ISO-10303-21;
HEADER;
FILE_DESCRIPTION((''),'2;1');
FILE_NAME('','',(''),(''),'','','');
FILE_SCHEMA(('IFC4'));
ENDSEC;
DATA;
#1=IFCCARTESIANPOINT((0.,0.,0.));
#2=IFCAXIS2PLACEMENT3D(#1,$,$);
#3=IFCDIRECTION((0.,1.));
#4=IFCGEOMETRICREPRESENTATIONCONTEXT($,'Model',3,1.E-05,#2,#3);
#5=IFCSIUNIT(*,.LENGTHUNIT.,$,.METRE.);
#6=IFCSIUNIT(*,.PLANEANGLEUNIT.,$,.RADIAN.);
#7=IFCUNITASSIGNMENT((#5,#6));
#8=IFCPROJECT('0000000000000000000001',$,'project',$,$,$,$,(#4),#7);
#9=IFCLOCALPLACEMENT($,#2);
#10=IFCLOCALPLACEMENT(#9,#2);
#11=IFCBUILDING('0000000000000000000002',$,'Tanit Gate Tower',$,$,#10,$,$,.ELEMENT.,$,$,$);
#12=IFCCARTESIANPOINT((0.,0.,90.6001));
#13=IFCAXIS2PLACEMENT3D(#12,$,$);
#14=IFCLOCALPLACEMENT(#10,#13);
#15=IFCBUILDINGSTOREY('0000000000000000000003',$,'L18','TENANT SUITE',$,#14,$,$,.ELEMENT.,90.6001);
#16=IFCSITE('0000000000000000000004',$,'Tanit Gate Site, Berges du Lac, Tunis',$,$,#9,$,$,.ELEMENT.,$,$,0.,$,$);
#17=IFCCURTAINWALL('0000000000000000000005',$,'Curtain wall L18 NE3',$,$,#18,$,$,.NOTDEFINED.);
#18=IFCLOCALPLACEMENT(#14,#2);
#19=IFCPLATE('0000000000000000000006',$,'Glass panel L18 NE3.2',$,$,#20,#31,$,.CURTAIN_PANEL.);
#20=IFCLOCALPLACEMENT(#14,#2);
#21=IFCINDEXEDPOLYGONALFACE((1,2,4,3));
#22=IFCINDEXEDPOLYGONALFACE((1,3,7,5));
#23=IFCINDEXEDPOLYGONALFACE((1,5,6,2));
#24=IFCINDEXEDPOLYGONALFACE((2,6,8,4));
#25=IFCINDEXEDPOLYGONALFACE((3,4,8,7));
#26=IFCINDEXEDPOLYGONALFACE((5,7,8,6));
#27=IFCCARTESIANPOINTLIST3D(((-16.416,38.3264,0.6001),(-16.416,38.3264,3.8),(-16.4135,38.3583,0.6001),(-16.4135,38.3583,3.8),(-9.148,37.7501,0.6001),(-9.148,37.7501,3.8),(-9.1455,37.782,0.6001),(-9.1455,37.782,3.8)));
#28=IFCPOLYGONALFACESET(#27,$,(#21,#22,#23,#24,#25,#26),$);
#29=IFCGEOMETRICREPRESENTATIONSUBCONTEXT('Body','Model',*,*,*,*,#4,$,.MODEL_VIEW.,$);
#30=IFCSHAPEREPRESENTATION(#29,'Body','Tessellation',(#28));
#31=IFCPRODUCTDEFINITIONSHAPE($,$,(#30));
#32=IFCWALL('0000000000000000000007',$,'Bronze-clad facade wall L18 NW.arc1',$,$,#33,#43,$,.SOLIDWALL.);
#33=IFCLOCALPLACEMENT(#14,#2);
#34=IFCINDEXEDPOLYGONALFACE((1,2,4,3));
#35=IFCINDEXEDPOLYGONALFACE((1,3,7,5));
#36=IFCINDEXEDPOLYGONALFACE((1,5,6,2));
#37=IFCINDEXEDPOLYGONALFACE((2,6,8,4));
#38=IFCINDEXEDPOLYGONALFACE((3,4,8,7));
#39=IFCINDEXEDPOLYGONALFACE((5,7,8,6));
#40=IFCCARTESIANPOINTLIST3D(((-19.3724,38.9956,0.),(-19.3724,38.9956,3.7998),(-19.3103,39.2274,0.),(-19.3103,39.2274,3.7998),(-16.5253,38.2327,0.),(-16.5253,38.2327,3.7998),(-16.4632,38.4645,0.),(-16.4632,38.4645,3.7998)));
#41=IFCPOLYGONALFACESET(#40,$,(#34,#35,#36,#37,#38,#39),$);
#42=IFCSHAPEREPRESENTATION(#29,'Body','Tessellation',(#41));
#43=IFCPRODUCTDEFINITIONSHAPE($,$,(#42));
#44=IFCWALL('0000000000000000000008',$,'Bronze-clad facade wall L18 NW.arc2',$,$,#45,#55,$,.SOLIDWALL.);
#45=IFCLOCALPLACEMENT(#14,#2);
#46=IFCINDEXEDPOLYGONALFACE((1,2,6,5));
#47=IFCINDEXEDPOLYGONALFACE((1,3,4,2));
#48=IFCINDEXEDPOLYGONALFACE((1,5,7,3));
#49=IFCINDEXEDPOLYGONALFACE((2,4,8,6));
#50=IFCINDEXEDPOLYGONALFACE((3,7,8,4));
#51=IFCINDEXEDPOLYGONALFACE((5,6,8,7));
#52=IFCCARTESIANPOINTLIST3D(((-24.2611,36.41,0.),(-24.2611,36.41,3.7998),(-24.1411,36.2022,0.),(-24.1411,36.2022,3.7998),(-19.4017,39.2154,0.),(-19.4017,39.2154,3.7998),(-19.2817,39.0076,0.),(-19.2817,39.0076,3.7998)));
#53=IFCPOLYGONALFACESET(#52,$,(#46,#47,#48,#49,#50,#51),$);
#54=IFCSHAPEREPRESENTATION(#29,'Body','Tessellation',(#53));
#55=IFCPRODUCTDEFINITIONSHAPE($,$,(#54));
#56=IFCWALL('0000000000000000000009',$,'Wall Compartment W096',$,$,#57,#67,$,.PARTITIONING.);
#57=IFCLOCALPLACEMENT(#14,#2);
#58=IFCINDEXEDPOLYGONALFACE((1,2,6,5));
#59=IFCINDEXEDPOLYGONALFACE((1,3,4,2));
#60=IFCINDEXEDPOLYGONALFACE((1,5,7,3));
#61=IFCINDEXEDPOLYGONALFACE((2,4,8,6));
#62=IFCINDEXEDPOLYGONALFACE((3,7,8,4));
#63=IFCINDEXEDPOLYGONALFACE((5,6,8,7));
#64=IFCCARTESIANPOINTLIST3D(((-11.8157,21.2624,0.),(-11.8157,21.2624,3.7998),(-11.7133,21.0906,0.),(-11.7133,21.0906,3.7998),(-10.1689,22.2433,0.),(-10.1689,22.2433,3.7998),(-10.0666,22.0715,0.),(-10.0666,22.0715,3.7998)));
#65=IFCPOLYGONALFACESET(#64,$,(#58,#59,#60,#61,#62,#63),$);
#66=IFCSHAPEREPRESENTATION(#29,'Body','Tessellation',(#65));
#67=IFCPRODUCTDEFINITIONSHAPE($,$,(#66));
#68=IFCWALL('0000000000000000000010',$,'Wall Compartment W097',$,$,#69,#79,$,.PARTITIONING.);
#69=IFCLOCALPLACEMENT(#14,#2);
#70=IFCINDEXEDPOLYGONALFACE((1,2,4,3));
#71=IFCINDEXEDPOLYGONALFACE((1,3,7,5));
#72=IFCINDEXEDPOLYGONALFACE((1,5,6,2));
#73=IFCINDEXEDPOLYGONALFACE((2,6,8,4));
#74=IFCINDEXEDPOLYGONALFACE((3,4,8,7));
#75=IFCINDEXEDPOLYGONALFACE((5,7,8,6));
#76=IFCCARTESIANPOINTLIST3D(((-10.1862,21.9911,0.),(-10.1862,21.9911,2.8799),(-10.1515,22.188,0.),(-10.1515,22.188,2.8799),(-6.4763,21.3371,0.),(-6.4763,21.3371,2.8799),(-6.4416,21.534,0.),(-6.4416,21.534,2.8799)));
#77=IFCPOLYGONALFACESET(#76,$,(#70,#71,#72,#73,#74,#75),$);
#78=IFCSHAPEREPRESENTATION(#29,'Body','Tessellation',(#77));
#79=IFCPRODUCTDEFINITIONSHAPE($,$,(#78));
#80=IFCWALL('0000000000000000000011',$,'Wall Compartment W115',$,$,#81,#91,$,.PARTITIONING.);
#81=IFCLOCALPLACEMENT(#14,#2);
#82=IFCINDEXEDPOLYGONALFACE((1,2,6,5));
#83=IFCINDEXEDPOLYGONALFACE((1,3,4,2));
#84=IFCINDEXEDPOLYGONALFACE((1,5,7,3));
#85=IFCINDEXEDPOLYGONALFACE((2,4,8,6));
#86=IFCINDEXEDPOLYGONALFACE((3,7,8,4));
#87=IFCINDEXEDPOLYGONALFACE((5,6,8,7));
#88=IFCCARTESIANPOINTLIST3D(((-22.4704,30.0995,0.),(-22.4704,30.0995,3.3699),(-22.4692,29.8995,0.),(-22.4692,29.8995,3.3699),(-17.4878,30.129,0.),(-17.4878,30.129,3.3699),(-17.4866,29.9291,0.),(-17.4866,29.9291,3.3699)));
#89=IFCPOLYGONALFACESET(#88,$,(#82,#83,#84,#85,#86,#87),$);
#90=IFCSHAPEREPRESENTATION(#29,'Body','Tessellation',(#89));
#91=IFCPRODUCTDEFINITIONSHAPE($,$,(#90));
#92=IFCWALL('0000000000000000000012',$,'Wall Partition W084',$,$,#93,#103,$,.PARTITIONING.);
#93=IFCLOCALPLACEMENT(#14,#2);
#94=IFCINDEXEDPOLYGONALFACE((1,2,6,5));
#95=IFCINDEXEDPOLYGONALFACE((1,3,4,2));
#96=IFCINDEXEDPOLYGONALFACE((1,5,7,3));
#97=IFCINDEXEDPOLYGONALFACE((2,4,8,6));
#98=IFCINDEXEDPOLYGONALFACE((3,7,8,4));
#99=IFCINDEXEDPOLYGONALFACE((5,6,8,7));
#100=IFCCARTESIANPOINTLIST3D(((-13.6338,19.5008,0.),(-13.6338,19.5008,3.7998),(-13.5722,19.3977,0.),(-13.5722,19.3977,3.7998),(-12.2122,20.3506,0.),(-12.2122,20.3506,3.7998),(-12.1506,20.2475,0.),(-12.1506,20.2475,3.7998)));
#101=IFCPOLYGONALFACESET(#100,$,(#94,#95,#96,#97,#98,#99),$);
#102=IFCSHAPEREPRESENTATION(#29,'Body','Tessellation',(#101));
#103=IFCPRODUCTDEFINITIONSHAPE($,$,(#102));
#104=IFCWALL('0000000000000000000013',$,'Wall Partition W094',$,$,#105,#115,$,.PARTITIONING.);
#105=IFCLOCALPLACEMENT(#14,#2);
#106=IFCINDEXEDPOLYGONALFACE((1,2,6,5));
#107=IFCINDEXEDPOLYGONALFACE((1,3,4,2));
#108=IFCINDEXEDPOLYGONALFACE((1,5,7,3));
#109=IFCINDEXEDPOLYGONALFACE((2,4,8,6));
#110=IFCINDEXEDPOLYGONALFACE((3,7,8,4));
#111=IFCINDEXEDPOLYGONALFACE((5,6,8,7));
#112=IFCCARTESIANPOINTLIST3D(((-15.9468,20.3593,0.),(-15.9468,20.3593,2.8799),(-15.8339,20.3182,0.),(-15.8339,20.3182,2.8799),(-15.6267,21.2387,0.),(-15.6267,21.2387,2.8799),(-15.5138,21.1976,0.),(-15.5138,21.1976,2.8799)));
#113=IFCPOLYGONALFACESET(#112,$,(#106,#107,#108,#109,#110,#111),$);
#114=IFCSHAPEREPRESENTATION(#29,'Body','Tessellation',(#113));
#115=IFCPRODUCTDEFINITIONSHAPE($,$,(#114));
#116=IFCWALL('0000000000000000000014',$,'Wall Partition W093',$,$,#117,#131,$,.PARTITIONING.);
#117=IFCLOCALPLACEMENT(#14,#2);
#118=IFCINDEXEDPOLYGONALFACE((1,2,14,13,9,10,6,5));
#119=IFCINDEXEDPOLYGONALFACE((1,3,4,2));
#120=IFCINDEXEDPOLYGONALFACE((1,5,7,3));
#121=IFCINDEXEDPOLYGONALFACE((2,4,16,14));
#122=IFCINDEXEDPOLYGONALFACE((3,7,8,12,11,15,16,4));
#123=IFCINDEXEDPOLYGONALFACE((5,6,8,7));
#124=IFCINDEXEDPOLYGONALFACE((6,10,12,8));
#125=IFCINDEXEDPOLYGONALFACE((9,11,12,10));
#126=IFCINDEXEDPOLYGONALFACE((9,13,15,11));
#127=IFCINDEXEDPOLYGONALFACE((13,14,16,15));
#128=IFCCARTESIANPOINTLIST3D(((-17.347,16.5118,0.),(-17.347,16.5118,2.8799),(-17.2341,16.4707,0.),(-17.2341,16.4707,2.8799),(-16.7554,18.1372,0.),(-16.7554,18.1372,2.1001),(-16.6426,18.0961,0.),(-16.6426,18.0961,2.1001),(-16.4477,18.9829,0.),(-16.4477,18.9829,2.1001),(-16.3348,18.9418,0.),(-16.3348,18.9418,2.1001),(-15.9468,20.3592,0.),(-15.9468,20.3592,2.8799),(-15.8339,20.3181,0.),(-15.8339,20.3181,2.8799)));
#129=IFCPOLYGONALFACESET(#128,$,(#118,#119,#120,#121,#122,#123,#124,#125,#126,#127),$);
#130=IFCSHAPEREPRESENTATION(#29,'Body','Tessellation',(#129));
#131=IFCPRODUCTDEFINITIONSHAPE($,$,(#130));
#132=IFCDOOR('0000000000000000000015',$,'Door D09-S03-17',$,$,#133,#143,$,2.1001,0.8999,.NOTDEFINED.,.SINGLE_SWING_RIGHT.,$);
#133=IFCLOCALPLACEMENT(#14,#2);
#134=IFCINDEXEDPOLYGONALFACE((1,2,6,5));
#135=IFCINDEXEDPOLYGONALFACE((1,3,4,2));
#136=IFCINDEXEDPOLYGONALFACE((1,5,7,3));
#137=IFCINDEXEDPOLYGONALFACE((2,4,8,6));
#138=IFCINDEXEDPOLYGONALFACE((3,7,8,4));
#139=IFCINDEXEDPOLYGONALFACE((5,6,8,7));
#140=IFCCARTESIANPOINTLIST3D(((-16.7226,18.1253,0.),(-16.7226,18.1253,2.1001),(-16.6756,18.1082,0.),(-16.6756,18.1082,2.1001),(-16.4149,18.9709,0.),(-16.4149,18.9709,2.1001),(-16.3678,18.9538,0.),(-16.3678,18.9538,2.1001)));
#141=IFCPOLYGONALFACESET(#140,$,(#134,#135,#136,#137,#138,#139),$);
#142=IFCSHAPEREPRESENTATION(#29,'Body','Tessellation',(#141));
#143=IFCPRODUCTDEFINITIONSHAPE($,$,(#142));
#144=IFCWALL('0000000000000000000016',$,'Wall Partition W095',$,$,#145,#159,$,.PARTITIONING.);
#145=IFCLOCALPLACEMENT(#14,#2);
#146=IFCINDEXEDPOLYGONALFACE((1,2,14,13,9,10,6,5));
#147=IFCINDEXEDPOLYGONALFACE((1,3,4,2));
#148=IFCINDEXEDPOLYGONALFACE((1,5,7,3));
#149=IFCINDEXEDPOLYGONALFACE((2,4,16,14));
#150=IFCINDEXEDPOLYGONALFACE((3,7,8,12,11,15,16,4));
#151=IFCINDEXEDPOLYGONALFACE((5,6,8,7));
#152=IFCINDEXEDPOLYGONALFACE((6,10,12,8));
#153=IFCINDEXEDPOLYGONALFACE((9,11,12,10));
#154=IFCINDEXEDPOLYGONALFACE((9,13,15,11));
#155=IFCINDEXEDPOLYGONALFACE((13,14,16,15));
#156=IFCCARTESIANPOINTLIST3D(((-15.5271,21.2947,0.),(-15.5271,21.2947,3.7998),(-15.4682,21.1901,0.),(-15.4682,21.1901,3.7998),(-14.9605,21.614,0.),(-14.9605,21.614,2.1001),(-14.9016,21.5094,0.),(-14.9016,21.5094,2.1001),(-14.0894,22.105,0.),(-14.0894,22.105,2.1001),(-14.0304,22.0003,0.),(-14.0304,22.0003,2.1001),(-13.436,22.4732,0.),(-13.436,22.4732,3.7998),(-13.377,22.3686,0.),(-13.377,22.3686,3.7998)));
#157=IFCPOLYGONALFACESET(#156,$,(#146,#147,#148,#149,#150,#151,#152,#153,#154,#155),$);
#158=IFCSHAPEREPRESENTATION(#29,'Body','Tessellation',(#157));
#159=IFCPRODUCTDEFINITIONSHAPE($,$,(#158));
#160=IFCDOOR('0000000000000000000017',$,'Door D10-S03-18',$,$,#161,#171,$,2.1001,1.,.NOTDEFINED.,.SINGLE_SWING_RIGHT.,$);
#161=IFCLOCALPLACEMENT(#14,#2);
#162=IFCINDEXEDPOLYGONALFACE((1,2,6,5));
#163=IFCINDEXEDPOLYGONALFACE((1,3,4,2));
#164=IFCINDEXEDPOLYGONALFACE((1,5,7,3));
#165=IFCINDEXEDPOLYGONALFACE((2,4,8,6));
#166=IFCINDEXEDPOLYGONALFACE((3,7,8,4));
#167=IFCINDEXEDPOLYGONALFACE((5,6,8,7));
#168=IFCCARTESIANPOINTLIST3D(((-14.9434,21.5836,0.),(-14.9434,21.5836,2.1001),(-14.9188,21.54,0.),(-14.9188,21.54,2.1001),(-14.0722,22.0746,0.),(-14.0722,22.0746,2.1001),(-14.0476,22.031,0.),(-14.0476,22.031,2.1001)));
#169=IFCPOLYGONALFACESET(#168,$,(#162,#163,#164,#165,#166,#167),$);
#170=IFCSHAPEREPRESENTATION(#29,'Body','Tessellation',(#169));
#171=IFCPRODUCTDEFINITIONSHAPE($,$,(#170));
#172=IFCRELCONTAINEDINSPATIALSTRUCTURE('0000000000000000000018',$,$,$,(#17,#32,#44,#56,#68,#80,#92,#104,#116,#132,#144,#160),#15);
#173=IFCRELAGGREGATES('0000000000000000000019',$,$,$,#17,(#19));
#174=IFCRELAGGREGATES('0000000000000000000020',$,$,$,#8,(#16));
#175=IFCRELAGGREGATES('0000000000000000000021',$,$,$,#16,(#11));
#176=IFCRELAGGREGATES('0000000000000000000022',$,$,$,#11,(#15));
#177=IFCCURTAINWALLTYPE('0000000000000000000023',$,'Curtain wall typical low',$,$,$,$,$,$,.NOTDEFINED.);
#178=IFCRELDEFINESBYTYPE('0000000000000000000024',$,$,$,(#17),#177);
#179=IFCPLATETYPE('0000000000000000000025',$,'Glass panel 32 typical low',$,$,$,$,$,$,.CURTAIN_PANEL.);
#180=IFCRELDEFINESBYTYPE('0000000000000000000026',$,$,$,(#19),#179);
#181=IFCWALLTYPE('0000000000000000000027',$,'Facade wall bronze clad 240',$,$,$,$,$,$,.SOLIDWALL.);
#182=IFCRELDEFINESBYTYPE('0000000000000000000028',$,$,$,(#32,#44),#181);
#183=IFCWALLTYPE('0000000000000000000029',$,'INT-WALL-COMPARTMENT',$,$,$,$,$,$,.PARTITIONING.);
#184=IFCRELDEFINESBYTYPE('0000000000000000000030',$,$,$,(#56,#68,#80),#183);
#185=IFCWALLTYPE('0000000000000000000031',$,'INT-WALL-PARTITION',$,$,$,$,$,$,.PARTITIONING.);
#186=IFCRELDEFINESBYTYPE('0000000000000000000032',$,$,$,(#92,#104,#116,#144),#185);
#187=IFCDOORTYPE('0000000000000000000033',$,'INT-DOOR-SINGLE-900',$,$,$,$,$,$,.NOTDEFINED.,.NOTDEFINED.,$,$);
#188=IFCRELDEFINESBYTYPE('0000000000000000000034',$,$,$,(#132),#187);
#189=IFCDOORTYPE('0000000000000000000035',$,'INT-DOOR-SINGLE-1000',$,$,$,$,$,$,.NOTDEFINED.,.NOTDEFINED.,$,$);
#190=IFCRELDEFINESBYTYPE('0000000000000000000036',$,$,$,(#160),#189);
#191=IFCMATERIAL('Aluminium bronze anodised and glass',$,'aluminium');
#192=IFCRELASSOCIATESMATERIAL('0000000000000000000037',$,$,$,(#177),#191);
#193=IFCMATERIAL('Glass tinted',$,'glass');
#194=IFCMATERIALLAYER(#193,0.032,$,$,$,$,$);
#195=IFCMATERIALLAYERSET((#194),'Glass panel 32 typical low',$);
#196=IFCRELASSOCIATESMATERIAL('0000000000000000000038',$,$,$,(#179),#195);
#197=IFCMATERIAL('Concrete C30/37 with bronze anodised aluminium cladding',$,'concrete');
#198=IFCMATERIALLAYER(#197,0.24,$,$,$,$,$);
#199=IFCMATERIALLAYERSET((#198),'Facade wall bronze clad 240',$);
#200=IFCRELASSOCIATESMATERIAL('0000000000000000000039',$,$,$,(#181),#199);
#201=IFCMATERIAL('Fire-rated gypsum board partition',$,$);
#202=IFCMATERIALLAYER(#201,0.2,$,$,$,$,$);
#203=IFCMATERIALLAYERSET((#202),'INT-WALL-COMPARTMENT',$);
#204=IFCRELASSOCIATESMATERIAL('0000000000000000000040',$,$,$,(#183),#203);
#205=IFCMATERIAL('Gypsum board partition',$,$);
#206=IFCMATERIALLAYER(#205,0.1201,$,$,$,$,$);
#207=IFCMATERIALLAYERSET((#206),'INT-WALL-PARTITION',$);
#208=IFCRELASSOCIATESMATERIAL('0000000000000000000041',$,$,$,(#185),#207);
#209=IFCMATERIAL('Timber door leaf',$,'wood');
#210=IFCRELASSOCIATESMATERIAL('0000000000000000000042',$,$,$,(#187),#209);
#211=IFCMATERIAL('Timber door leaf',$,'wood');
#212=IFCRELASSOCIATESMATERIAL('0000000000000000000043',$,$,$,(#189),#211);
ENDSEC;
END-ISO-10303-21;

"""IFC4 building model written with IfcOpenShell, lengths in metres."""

from ifc_helpers import new_model, si_unit, direction, frame, frame_2d, origin, origin_2d, place, context, subcontext, project, spatial, rectangle, extrude, material, layer, layer_set, type_object, element, fill, aggregate, save


model = new_model("IFC4")

# Units and contexts
model_context = context("Model", 3, precision=1e-05, world=origin(), true_north=direction((0.0, 1.0)))
body_context = subcontext(model_context, "Body", "Model", "MODEL_VIEW")
ifc_project = project(units=[si_unit("LENGTHUNIT", "METRE"), si_unit("PLANEANGLEUNIT", "RADIAN")], contexts=[model_context])

# Site, building, storey
site_placement = place(None, origin())
site = spatial("IfcSite", under=ifc_project, at=site_placement, Name="Tanit Gate Site, Berges du Lac, Tunis", CompositionType="ELEMENT", RefElevation=0.0)
building_placement = place(site_placement, origin())
building = spatial("IfcBuilding", under=site, at=building_placement, Name="Tanit Gate Tower", CompositionType="ELEMENT")
storey_placement = place(building_placement, frame((0.0, 0.0, 90.6001)))
storey = spatial("IfcBuildingStorey", under=building, at=storey_placement, Name="L18", Description="TENANT SUITE", CompositionType="ELEMENT", Elevation=90.6001)

# Curtain wall
ifc_material_1 = material(Name="Aluminium bronze anodised and glass", Category="aluminium")
curtain_wall_type = type_object("IfcCurtainWallType", Name="Curtain wall typical low", PredefinedType="NOTDEFINED", material=ifc_material_1)
curtain_wall_placement = place(storey_placement, origin())
curtain_wall = element("IfcCurtainWall", 1, at=curtain_wall_placement, inside=storey, type_object=curtain_wall_type, Name="Curtain wall L18 NE3", PredefinedType="NOTDEFINED")

# Plate
ifc_material_2 = material(Name="Glass tinted", Category="glass")
ifc_layer_1 = layer(ifc_material_2, 0.032)
ifc_layer_set_1 = layer_set([ifc_layer_1], Name="Glass panel 32 typical low")
plate_type = type_object("IfcPlateType", Name="Glass panel 32 typical low", PredefinedType="CURTAIN_PANEL", material=ifc_layer_set_1)
plate_1_placement = place(storey_placement, frame((-12.7808, 38.0542, 0.6001), z_axis=(0.0, 0.0, 1.0), x_axis=(-0.996871, 0.079045, 0.0)))
plate_1 = element("IfcPlate", 2, at=plate_1_placement, type_object=plate_type, Name="Glass panel L18 NE3.2", PredefinedType="CURTAIN_PANEL", context=body_context, shape_type="SweptSolid", body=[
    extrude(rectangle(XDim=7.2908, YDim=0.032, at=origin_2d()), origin(), (0.0, 0.0, 1.0), 3.2),
])
aggregate(curtain_wall, [plate_1])

# Walls
ifc_material_3 = material(Name="Concrete C30/37 with bronze anodised aluminium cladding", Category="concrete")
ifc_layer_2 = layer(ifc_material_3, 0.24)
ifc_layer_set_2 = layer_set([ifc_layer_2], Name="Facade wall bronze clad 240")
wall_type_1 = type_object("IfcWallType", Name="Facade wall bronze clad 240", PredefinedType="SOLIDWALL", material=ifc_layer_set_2)
wall_1_placement = place(storey_placement, frame((-16.4944, 38.3486, 0.0), z_axis=(0.0, 0.0, 1.0), x_axis=(-0.965922, 0.258833, 0.0)))
element("IfcWall", 3, at=wall_1_placement, inside=storey, type_object=wall_type_1, Name="Bronze-clad facade wall L18 NW.arc1", PredefinedType="SOLIDWALL", context=body_context, shape_type="SweptSolid", body=[
    extrude(rectangle(XDim=2.9475, YDim=0.24, at=frame_2d((1.4736, 0.0))), origin(), (0.0, 0.0, 1.0), 3.7998),
])
wall_2_placement = place(storey_placement, frame((-19.3416, 39.1116, 0.0), z_axis=(0.0, 0.0, 1.0), x_axis=(-0.866036, -0.499981, 0.0)))
element("IfcWall", 4, at=wall_2_placement, inside=storey, type_object=wall_type_1, Name="Bronze-clad facade wall L18 NW.arc2", PredefinedType="SOLIDWALL", context=body_context, shape_type="SweptSolid", body=[
    extrude(rectangle(XDim=5.6111, YDim=0.24, at=frame_2d((2.8057, 0.0))), origin(), (0.0, 0.0, 1.0), 3.7998),
])
ifc_material_4 = material(Name="Fire-rated gypsum board partition")
ifc_layer_3 = layer(ifc_material_4, 0.2)
ifc_layer_set_3 = layer_set([ifc_layer_3], Name="INT-WALL-COMPARTMENT")
wall_type_2 = type_object("IfcWallType", Name="INT-WALL-COMPARTMENT", PredefinedType="PARTITIONING", material=ifc_layer_set_3)
wall_3_placement = place(storey_placement, frame((-10.1177, 22.1575, 0.0), z_axis=(0.0, 0.0, 1.0), x_axis=(-0.859118, -0.511777, 0.0)))
element("IfcWall", 5, at=wall_3_placement, inside=storey, type_object=wall_type_2, Name="Wall Compartment W096", PredefinedType="PARTITIONING", context=body_context, shape_type="SweptSolid", body=[
    extrude(rectangle(XDim=1.9167, YDim=0.2, at=frame_2d((0.9585, 0.0))), origin(), (0.0, 0.0, 1.0), 3.7998),
])
wall_4_placement = place(storey_placement, frame((-6.459, 21.4355, 0.0), z_axis=(0.0, 0.0, 1.0), x_axis=(-0.984813, 0.173619, 0.0)))
element("IfcWall", 6, at=wall_4_placement, inside=storey, type_object=wall_type_2, Name="Wall Compartment W097", PredefinedType="PARTITIONING", context=body_context, shape_type="SweptSolid", body=[
    extrude(rectangle(XDim=3.7671, YDim=0.2, at=frame_2d((1.8835, 0.0))), origin(), (0.0, 0.0, 1.0), 2.8799),
])
wall_5_placement = place(storey_placement, frame((-17.4873, 30.0291, 0.0), z_axis=(0.0, 0.0, 1.0), x_axis=(-0.999982, -0.005929, 0.0)))
element("IfcWall", 7, at=wall_5_placement, inside=storey, type_object=wall_type_2, Name="Wall Compartment W115", PredefinedType="PARTITIONING", context=body_context, shape_type="SweptSolid", body=[
    extrude(rectangle(XDim=4.9827, YDim=0.2, at=frame_2d((2.4912, 0.0))), origin(), (0.0, 0.0, 1.0), 3.3699),
])
ifc_material_5 = material(Name="Gypsum board partition")
ifc_layer_4 = layer(ifc_material_5, 0.1201)
ifc_layer_set_4 = layer_set([ifc_layer_4], Name="INT-WALL-PARTITION")
wall_type_3 = type_object("IfcWallType", Name="INT-WALL-PARTITION", PredefinedType="PARTITIONING", material=ifc_layer_set_4)
wall_6_placement = place(storey_placement, frame((-12.1814, 20.2991, 0.0), z_axis=(0.0, 0.0, 1.0), x_axis=(-0.858324, -0.513108, 0.0)))
element("IfcWall", 8, at=wall_6_placement, inside=storey, type_object=wall_type_3, Name="Wall Partition W084", PredefinedType="PARTITIONING", context=body_context, shape_type="SweptSolid", body=[
    extrude(rectangle(XDim=1.6562, YDim=0.1201, at=frame_2d((0.8281, 0.0))), origin(), (0.0, 0.0, 1.0), 3.7998),
])
wall_7_placement = place(storey_placement, frame((-15.5703, 21.218, 0.0), z_axis=(0.0, 0.0, 1.0), x_axis=(-0.342015, -0.939694, 0.0)))
element("IfcWall", 9, at=wall_7_placement, inside=storey, type_object=wall_type_3, Name="Wall Partition W094", PredefinedType="PARTITIONING", context=body_context, shape_type="SweptSolid", body=[
    extrude(rectangle(XDim=0.9358, YDim=0.1201, at=frame_2d((0.4678, 0.0))), origin(), (0.0, 0.0, 1.0), 2.8799),
])

# Walls, openings, doors
wall_8_placement = place(storey_placement, frame((-15.8904, 20.3386, 0.0), z_axis=(0.0, 0.0, 1.0), x_axis=(-0.341978, -0.939708, 0.0)))
wall_8 = element("IfcWall", 10, at=wall_8_placement, inside=storey, type_object=wall_type_3, Name="Wall Partition W093", PredefinedType="PARTITIONING", context=body_context, shape_type="SweptSolid", body=[
    extrude(rectangle(XDim=4.0942, YDim=0.1201, at=frame_2d((2.0471, 0.0))), origin(), (0.0, 0.0, 1.0), 2.8799),
])
opening_1_placement = place(wall_8_placement, frame((1.4646, 0.0, 0.0)))
opening_1 = element("IfcOpeningElement", 11, at=opening_1_placement, cuts=wall_8, PredefinedType="OPENING", context=body_context, shape_type="SweptSolid", body=[
    extrude(rectangle(XDim=0.8999, YDim=2.1001, at=frame_2d((0.45, 1.05))), frame((0.0, 0.0701, 0.0), z_axis=(0.0, -1.0, 0.0), x_axis=(1.0, 0.0, 0.0)), (0.0, 0.0, 1.0), 0.1401),
])
ifc_material_6 = material(Name="Timber door leaf", Category="wood")
door_type_1 = type_object("IfcDoorType", Name="INT-DOOR-SINGLE-900", OperationType="NOTDEFINED", PredefinedType="NOTDEFINED", material=ifc_material_6)
door_1_placement = place(opening_1_placement, origin())
door_1 = element("IfcDoor", 12, at=door_1_placement, inside=storey, type_object=door_type_1, Name="Door D09-S03-17", OperationType="SINGLE_SWING_RIGHT", OverallHeight=2.1001, OverallWidth=0.8999, PredefinedType="NOTDEFINED", context=body_context, shape_type="SweptSolid", body=[
    extrude(rectangle(XDim=0.8999, YDim=2.1001, at=frame_2d((0.45, 1.05))), frame((0.0, 0.0249, 0.0), z_axis=(0.0, -1.0, 0.0), x_axis=(1.0, 0.0, 0.0)), (0.0, 0.0, 1.0), 0.05),
])
fill(opening_1, door_1)
wall_9_placement = place(storey_placement, frame((-13.4065, 22.4209, 0.0), z_axis=(0.0, 0.0, 1.0), x_axis=(-0.871176, -0.490971, 0.0)))
wall_9 = element("IfcWall", 13, at=wall_9_placement, inside=storey, type_object=wall_type_3, Name="Wall Partition W095", PredefinedType="PARTITIONING", context=body_context, shape_type="SweptSolid", body=[
    extrude(rectangle(XDim=2.4004, YDim=0.1201, at=frame_2d((1.2002, 0.0))), origin(), (0.0, 0.0, 1.0), 3.7998),
])
opening_2_placement = place(wall_9_placement, frame((0.75, 0.0, 0.0)))
opening_2 = element("IfcOpeningElement", 14, at=opening_2_placement, cuts=wall_9, PredefinedType="OPENING", context=body_context, shape_type="SweptSolid", body=[
    extrude(rectangle(XDim=1.0, YDim=2.1001, at=frame_2d((0.5, 1.05))), frame((0.0, 0.0701, 0.0), z_axis=(0.0, -1.0, 0.0), x_axis=(1.0, 0.0, 0.0)), (0.0, 0.0, 1.0), 0.1401),
])
ifc_material_7 = material(Name="Timber door leaf", Category="wood")
door_type_2 = type_object("IfcDoorType", Name="INT-DOOR-SINGLE-1000", OperationType="NOTDEFINED", PredefinedType="NOTDEFINED", material=ifc_material_7)
door_2_placement = place(opening_2_placement, origin())
door_2 = element("IfcDoor", 15, at=door_2_placement, inside=storey, type_object=door_type_2, Name="Door D10-S03-18", OperationType="SINGLE_SWING_RIGHT", OverallHeight=2.1001, OverallWidth=1.0, PredefinedType="NOTDEFINED", context=body_context, shape_type="SweptSolid", body=[
    extrude(rectangle(XDim=1.0, YDim=2.1001, at=frame_2d((0.5, 1.05))), frame((0.0, 0.0249, 0.0), z_axis=(0.0, -1.0, 0.0), x_axis=(1.0, 0.0, 0.0)), (0.0, 0.0, 1.0), 0.05),
])
fill(opening_2, door_2)

save(model, "model.ifc")
